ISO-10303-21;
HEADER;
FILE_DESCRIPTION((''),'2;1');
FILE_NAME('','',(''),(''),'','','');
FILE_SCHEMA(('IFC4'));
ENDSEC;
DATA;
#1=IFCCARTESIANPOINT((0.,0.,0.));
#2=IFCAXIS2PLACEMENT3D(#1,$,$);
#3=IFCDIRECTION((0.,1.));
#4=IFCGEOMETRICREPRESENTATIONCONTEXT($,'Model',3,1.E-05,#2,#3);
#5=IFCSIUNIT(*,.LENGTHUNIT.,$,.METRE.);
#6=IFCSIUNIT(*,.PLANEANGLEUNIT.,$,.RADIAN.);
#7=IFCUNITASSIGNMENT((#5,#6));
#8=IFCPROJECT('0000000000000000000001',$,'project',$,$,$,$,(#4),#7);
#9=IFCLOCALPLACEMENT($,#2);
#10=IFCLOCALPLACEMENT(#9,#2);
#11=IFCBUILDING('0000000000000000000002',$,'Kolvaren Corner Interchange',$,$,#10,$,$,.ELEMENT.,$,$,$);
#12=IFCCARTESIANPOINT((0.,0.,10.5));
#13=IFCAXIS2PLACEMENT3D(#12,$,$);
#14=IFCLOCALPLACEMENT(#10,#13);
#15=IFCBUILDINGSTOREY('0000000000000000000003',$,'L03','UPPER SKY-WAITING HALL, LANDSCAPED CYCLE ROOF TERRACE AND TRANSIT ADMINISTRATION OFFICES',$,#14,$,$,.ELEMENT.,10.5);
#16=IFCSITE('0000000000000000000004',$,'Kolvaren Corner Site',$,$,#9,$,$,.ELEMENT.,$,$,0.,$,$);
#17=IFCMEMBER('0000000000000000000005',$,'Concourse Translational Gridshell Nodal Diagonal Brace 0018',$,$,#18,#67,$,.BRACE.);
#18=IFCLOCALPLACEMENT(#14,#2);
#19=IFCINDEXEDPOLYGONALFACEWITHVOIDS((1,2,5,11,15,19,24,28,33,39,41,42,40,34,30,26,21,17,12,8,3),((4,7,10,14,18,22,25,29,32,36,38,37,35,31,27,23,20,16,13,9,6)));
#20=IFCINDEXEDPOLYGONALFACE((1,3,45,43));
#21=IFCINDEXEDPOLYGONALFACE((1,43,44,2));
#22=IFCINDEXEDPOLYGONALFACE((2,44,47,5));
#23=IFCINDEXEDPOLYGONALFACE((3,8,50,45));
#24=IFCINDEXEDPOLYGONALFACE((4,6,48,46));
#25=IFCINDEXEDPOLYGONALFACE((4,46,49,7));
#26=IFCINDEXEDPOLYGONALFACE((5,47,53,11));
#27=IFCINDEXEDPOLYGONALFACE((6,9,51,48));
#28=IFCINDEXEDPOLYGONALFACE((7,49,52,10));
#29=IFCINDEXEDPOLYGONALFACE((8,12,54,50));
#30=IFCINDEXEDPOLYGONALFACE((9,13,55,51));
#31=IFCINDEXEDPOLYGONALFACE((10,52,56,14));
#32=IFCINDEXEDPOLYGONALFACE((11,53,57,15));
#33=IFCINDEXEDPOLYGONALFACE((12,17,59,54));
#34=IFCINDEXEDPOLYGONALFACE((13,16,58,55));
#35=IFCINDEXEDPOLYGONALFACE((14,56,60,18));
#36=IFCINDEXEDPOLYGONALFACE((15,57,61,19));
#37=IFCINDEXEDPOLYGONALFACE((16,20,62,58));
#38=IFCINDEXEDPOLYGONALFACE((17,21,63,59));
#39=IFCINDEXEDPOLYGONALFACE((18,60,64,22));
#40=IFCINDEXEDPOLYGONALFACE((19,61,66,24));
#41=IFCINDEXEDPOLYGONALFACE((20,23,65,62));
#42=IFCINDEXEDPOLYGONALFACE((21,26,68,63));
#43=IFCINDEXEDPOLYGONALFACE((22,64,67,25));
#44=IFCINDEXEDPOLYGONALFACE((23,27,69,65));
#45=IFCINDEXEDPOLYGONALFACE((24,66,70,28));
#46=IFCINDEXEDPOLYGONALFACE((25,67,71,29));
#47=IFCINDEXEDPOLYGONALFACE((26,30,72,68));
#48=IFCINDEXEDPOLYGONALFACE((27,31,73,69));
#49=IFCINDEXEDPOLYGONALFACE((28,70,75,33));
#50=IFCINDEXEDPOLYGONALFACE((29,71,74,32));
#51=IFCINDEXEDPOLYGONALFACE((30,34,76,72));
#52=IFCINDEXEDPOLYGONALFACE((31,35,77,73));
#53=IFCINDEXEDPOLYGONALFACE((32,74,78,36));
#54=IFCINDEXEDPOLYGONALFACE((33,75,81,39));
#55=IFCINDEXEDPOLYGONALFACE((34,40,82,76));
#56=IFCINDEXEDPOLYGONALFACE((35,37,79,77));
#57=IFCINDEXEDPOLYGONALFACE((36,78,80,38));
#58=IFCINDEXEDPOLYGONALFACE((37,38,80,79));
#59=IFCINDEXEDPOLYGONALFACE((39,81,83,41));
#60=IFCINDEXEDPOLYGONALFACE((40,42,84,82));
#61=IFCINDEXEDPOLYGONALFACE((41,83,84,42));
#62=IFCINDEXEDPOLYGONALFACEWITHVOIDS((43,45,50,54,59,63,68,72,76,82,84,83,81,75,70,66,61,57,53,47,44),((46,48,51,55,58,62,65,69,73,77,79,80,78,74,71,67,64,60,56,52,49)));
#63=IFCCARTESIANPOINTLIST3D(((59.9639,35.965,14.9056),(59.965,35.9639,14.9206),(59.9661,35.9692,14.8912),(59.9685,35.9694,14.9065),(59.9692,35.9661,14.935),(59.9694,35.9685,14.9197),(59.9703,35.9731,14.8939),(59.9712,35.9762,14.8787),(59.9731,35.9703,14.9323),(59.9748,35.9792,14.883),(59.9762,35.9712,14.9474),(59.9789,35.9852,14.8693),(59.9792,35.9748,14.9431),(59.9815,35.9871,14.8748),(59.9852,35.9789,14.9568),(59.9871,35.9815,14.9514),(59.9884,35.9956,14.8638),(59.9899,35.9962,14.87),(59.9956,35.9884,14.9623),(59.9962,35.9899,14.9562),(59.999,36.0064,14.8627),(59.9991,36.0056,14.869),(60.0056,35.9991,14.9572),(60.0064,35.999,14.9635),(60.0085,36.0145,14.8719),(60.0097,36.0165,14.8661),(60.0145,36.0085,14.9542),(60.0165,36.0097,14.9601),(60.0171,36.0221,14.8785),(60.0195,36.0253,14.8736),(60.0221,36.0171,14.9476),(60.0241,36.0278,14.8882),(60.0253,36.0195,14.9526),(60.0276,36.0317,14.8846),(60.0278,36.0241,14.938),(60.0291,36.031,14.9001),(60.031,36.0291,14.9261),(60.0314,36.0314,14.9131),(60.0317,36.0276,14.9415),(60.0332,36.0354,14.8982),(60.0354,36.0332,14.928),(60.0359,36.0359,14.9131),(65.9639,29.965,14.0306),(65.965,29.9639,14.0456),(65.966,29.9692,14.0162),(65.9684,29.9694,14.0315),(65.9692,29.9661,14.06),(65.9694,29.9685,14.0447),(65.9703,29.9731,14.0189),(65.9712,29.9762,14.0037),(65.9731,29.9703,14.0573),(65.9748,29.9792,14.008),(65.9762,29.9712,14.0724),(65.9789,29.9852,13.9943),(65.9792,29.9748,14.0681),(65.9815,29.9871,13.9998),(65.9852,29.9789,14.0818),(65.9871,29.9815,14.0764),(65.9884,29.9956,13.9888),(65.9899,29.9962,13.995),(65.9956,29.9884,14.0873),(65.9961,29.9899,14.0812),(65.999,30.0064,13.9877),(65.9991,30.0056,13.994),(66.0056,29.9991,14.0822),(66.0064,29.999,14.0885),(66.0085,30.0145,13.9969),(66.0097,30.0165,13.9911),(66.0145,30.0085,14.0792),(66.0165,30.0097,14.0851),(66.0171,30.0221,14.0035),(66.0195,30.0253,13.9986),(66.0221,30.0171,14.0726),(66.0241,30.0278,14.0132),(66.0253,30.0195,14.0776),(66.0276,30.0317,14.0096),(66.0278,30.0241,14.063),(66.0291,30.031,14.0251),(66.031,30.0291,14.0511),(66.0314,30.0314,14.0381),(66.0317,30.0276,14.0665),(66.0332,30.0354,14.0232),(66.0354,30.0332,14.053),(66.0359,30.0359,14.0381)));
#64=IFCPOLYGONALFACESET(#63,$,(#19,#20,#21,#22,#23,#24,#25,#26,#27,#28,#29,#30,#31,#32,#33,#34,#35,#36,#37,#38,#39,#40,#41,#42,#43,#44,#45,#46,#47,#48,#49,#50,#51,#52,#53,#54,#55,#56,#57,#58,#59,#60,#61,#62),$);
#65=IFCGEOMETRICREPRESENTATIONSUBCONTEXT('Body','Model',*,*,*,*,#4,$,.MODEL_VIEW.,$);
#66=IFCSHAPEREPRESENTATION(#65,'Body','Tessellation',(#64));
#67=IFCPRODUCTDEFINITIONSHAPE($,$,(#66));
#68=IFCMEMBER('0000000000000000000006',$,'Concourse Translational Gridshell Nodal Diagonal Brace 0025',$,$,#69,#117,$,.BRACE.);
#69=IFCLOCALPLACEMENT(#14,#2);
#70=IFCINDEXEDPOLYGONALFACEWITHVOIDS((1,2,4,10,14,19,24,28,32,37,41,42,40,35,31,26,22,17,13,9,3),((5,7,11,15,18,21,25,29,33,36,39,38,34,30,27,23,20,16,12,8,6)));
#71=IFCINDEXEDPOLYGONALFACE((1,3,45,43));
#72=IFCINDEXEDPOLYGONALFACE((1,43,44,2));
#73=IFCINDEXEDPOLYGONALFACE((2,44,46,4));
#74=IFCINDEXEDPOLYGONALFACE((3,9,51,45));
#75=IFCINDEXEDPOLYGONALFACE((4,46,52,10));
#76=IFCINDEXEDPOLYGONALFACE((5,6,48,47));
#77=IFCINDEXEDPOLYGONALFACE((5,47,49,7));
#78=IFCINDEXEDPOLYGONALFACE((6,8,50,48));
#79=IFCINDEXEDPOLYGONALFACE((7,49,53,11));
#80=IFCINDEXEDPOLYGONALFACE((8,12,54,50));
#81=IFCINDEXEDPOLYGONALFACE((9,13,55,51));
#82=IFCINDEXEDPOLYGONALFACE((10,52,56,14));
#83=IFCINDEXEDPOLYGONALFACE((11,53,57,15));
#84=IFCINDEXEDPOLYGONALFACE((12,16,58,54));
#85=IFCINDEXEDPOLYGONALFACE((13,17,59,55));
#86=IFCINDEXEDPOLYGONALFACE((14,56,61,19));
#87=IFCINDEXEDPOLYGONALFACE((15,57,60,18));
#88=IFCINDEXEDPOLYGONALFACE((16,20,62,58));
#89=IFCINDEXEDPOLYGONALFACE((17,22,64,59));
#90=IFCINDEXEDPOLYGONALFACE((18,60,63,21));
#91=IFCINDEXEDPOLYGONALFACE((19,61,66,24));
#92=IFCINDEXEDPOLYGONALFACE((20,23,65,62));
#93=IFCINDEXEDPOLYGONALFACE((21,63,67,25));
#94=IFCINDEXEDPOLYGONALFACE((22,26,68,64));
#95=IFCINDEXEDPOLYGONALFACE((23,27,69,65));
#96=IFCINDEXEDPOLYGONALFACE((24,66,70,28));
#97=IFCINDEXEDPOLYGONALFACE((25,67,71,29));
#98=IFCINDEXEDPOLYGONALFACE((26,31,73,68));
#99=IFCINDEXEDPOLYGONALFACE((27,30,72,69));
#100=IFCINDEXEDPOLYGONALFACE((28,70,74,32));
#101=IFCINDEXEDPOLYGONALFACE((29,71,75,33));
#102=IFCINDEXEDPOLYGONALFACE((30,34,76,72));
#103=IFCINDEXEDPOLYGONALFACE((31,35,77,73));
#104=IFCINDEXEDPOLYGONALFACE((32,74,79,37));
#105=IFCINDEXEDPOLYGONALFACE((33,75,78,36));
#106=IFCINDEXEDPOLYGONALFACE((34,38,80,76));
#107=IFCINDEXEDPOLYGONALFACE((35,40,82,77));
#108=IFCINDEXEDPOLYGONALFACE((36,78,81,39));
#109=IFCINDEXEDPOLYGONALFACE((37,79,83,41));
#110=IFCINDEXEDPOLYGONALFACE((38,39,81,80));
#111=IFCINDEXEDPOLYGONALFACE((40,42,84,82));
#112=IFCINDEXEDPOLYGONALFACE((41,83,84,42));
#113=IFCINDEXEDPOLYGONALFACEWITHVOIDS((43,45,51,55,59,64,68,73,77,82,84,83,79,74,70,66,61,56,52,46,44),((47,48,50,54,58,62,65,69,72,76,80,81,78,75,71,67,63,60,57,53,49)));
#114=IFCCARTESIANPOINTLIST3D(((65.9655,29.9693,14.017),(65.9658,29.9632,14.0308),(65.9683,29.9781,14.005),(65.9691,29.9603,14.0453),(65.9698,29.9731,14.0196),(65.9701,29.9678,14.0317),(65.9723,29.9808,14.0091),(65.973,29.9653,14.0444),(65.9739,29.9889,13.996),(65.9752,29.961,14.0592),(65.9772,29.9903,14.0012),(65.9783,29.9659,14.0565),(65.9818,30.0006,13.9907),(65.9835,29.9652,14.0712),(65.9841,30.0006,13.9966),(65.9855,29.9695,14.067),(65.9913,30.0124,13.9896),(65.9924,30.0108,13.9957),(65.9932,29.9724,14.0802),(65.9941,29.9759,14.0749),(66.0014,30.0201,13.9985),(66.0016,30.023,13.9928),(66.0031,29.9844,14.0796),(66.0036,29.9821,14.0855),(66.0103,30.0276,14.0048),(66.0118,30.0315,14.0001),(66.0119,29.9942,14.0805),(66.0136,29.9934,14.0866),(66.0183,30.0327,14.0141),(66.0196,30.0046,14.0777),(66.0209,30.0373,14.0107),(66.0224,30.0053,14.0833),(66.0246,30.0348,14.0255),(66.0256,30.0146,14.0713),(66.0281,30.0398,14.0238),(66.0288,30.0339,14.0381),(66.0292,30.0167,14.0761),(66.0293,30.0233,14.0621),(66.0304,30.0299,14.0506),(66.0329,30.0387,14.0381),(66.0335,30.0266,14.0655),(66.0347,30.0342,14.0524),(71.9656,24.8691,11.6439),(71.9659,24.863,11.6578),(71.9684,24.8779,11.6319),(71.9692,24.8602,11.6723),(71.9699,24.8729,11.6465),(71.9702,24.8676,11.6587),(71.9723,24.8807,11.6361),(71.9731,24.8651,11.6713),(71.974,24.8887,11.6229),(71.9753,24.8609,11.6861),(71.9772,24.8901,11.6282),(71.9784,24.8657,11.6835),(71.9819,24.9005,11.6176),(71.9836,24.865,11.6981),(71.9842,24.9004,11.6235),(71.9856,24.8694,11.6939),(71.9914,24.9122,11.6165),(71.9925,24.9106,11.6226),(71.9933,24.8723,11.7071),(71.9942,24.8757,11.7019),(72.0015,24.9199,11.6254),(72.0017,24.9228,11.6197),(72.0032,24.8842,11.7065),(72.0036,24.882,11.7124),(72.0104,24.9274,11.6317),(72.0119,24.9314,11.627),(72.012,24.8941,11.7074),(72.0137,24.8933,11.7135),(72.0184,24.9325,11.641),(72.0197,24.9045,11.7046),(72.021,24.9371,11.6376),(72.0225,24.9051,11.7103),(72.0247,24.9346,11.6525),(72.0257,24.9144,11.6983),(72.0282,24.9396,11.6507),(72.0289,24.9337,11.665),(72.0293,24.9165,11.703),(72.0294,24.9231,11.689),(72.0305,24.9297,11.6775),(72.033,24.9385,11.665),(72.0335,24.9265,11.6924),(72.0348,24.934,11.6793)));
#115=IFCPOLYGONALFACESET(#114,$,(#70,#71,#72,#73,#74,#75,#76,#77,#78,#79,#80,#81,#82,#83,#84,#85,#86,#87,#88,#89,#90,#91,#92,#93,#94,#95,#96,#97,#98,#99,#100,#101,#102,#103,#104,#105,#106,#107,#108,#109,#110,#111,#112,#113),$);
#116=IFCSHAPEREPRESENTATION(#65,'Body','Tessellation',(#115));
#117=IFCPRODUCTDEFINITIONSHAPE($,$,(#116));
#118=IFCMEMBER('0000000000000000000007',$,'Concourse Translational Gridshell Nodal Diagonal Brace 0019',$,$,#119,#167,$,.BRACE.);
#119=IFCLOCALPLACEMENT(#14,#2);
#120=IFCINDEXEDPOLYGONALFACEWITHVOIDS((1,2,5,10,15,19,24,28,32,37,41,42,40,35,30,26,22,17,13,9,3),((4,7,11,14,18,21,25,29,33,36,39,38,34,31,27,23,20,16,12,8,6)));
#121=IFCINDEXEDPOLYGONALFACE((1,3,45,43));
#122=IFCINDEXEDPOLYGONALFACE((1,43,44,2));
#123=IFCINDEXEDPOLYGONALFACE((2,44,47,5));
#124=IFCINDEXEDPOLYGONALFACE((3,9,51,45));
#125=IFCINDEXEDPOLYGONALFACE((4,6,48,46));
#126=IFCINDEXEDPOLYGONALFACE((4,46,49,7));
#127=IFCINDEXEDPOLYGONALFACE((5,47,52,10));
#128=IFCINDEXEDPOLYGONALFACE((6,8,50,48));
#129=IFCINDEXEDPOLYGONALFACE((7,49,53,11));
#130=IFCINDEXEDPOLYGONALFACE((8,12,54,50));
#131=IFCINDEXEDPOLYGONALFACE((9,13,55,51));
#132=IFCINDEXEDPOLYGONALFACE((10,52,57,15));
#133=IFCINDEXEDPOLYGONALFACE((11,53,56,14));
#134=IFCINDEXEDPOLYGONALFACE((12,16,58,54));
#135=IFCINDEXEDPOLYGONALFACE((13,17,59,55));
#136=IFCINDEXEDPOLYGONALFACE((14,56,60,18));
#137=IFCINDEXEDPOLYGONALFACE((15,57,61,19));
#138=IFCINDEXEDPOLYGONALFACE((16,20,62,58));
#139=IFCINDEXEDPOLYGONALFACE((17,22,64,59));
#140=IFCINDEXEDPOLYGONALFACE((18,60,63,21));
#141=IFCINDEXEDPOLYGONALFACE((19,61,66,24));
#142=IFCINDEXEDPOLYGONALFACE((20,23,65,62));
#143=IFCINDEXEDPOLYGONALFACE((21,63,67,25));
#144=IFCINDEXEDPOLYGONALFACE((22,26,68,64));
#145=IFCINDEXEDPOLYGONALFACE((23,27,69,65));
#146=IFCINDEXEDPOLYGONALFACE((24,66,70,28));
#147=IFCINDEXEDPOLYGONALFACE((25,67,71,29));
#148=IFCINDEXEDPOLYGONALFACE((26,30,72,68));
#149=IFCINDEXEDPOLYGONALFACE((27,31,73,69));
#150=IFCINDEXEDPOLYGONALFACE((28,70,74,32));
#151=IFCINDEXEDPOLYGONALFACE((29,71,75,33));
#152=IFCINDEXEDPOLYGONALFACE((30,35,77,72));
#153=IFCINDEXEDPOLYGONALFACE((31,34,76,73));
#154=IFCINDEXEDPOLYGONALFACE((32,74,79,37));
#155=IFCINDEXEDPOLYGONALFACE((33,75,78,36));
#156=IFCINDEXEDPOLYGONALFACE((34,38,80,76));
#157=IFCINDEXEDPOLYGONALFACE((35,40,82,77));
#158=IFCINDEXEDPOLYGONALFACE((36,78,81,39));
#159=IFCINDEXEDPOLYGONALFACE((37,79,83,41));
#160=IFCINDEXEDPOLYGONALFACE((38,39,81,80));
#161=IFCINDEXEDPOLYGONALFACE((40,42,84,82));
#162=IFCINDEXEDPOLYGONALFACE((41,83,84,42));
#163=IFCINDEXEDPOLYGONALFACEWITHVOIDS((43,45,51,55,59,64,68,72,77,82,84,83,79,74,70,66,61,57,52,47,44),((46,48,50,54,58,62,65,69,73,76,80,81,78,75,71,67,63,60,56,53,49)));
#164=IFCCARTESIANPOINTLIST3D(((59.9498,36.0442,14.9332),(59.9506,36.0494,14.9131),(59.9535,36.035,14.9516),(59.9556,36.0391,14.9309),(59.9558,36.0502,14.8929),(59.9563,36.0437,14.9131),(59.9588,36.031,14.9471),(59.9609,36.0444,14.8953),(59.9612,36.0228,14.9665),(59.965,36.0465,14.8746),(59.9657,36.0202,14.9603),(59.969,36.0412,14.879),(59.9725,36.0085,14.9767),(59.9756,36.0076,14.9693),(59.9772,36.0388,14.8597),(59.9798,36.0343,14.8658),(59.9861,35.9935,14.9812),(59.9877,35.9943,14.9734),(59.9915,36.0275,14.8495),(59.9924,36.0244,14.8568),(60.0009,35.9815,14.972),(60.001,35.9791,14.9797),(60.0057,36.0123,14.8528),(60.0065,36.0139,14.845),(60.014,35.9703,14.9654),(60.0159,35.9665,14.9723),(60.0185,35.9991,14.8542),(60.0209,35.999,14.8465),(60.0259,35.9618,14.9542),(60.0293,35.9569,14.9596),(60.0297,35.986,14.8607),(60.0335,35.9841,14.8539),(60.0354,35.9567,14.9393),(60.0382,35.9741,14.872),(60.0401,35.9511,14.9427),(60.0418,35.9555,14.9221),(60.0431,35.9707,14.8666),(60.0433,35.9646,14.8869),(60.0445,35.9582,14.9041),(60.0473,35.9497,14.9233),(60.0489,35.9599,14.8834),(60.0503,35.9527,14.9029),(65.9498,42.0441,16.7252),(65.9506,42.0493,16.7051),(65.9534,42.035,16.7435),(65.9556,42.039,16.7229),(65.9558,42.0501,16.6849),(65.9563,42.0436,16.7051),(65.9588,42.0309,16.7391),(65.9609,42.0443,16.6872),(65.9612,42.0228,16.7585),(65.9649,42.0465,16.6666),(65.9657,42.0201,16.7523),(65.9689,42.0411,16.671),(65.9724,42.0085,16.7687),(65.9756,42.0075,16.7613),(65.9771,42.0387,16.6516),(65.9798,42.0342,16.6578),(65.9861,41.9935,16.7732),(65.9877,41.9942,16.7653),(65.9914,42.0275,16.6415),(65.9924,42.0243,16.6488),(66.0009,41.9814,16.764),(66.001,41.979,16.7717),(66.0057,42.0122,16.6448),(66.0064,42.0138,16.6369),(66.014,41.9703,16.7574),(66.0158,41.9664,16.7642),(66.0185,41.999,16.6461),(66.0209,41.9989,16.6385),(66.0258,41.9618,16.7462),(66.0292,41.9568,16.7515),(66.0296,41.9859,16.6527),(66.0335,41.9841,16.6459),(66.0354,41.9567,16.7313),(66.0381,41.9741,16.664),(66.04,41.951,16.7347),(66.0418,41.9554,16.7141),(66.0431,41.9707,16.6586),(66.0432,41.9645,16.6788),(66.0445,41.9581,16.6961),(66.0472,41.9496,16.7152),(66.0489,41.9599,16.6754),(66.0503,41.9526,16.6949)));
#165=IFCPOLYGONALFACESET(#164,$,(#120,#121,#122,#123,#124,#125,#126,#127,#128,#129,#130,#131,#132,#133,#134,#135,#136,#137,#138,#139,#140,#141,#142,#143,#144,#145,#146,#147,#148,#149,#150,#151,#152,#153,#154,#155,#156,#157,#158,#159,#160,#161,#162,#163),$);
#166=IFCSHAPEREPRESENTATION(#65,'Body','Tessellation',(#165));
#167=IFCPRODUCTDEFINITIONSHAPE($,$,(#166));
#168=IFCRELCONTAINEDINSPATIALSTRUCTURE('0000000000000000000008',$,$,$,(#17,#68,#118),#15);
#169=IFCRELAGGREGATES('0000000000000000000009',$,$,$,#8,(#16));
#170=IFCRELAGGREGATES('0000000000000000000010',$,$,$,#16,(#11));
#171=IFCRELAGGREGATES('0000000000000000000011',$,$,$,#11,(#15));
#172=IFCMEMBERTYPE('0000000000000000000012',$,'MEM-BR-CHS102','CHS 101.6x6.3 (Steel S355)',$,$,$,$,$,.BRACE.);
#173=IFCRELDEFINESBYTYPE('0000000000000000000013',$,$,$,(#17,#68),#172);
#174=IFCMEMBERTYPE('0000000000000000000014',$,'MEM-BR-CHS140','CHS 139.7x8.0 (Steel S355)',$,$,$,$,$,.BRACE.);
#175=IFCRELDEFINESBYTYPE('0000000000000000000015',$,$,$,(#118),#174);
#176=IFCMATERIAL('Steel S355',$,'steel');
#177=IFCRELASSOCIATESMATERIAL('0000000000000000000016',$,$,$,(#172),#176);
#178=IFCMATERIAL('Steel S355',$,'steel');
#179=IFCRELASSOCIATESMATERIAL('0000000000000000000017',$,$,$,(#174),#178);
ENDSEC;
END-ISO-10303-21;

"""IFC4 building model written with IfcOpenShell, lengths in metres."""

from ifc_helpers import new_model, si_unit, direction, frame, origin, origin_2d, place, context, subcontext, project, spatial, hollow_circle, extrude, material, material_profile, profile_set, type_object, element, save


model = new_model("IFC4")

# Units and contexts
model_context = context("Model", 3, precision=1e-05, world=origin(), true_north=direction((0.0, 1.0)))
body_context = subcontext(model_context, "Body", "Model", "MODEL_VIEW")
ifc_project = project(units=[si_unit("LENGTHUNIT", "METRE"), si_unit("PLANEANGLEUNIT", "RADIAN")], contexts=[model_context])

# Site, building, storey
site_placement = place(None, origin())
site = spatial("IfcSite", under=ifc_project, at=site_placement, Name="Kolvaren Corner Site", CompositionType="ELEMENT", RefElevation=0.0)
building_placement = place(site_placement, origin())
building = spatial("IfcBuilding", under=site, at=building_placement, Name="Kolvaren Corner Interchange", CompositionType="ELEMENT")
storey_placement = place(building_placement, frame((0.0, 0.0, 10.5)))
storey = spatial("IfcBuildingStorey", under=building, at=storey_placement, Name="L03", Description="UPPER SKY-WAITING HALL, LANDSCAPED CYCLE ROOF TERRACE AND TRANSIT ADMINISTRATION OFFICES", CompositionType="ELEMENT", Elevation=10.5)

# Members
ifc_material_1 = material(Name="Steel S355", Category="steel")
ifc_material_profile_1 = material_profile(ifc_material_1, hollow_circle(Radius=0.0508, WallThickness=0.0063, at=origin_2d()), Name="CHS 101.6x6.3")
ifc_profile_set_1 = profile_set([ifc_material_profile_1], Name="Steel S355")
member_type_1 = type_object("IfcMemberType", Name="MEM-BR-CHS102", Description="CHS 101.6x6.3 (Steel S355)", PredefinedType="BRACE", material=ifc_profile_set_1)
member_1_placement = place(storey_placement, frame((60.0, 36.0, 14.9131), z_axis=(0.703377, -0.703377, -0.102576), x_axis=(0.707107, 0.707107, 0.0)))
element("IfcMember", 1, at=member_1_placement, inside=storey, type_object=member_type_1, Name="Concourse Translational Gridshell Nodal Diagonal Brace 0018", PredefinedType="BRACE", context=body_context, shape_type="SweptSolid", body=[
    extrude(hollow_circle(Radius=0.0508, WallThickness=0.0063, at=origin_2d()), origin(), (0.0, 0.0, 1.0), 8.5303),
])
member_2_placement = place(storey_placement, frame((66.0, 30.0, 14.0381), z_axis=(0.729528, -0.620111, -0.288534), x_axis=(0.647656, 0.761933, 0.0)))
element("IfcMember", 2, at=member_2_placement, inside=storey, type_object=member_type_1, Name="Concourse Translational Gridshell Nodal Diagonal Brace 0025", PredefinedType="BRACE", context=body_context, shape_type="SweptSolid", body=[
    extrude(hollow_circle(Radius=0.0508, WallThickness=0.0063, at=origin_2d()), origin(), (0.0, 0.0, 1.0), 8.2246),
])
ifc_material_2 = material(Name="Steel S355", Category="steel")
ifc_material_profile_2 = material_profile(ifc_material_2, hollow_circle(Radius=0.0698, WallThickness=0.0081, at=origin_2d()), Name="CHS 139.7x8.0")
ifc_profile_set_2 = profile_set([ifc_material_profile_2], Name="Steel S355")
member_type_2 = type_object("IfcMemberType", Name="MEM-BR-CHS140", Description="CHS 139.7x8.0 (Steel S355)", PredefinedType="BRACE", material=ifc_profile_set_2)
member_3_placement = place(storey_placement, frame((60.0, 36.0, 14.9131), z_axis=(0.691847, 0.691847, 0.206631), x_axis=(-0.707107, 0.707107, 0.0)))
element("IfcMember", 3, at=member_3_placement, inside=storey, type_object=member_type_2, Name="Concourse Translational Gridshell Nodal Diagonal Brace 0019", PredefinedType="BRACE", context=body_context, shape_type="SweptSolid", body=[
    extrude(hollow_circle(Radius=0.0698, WallThickness=0.0081, at=origin_2d()), origin(), (0.0, 0.0, 1.0), 8.6724),
])

save(model, "model.ifc")
